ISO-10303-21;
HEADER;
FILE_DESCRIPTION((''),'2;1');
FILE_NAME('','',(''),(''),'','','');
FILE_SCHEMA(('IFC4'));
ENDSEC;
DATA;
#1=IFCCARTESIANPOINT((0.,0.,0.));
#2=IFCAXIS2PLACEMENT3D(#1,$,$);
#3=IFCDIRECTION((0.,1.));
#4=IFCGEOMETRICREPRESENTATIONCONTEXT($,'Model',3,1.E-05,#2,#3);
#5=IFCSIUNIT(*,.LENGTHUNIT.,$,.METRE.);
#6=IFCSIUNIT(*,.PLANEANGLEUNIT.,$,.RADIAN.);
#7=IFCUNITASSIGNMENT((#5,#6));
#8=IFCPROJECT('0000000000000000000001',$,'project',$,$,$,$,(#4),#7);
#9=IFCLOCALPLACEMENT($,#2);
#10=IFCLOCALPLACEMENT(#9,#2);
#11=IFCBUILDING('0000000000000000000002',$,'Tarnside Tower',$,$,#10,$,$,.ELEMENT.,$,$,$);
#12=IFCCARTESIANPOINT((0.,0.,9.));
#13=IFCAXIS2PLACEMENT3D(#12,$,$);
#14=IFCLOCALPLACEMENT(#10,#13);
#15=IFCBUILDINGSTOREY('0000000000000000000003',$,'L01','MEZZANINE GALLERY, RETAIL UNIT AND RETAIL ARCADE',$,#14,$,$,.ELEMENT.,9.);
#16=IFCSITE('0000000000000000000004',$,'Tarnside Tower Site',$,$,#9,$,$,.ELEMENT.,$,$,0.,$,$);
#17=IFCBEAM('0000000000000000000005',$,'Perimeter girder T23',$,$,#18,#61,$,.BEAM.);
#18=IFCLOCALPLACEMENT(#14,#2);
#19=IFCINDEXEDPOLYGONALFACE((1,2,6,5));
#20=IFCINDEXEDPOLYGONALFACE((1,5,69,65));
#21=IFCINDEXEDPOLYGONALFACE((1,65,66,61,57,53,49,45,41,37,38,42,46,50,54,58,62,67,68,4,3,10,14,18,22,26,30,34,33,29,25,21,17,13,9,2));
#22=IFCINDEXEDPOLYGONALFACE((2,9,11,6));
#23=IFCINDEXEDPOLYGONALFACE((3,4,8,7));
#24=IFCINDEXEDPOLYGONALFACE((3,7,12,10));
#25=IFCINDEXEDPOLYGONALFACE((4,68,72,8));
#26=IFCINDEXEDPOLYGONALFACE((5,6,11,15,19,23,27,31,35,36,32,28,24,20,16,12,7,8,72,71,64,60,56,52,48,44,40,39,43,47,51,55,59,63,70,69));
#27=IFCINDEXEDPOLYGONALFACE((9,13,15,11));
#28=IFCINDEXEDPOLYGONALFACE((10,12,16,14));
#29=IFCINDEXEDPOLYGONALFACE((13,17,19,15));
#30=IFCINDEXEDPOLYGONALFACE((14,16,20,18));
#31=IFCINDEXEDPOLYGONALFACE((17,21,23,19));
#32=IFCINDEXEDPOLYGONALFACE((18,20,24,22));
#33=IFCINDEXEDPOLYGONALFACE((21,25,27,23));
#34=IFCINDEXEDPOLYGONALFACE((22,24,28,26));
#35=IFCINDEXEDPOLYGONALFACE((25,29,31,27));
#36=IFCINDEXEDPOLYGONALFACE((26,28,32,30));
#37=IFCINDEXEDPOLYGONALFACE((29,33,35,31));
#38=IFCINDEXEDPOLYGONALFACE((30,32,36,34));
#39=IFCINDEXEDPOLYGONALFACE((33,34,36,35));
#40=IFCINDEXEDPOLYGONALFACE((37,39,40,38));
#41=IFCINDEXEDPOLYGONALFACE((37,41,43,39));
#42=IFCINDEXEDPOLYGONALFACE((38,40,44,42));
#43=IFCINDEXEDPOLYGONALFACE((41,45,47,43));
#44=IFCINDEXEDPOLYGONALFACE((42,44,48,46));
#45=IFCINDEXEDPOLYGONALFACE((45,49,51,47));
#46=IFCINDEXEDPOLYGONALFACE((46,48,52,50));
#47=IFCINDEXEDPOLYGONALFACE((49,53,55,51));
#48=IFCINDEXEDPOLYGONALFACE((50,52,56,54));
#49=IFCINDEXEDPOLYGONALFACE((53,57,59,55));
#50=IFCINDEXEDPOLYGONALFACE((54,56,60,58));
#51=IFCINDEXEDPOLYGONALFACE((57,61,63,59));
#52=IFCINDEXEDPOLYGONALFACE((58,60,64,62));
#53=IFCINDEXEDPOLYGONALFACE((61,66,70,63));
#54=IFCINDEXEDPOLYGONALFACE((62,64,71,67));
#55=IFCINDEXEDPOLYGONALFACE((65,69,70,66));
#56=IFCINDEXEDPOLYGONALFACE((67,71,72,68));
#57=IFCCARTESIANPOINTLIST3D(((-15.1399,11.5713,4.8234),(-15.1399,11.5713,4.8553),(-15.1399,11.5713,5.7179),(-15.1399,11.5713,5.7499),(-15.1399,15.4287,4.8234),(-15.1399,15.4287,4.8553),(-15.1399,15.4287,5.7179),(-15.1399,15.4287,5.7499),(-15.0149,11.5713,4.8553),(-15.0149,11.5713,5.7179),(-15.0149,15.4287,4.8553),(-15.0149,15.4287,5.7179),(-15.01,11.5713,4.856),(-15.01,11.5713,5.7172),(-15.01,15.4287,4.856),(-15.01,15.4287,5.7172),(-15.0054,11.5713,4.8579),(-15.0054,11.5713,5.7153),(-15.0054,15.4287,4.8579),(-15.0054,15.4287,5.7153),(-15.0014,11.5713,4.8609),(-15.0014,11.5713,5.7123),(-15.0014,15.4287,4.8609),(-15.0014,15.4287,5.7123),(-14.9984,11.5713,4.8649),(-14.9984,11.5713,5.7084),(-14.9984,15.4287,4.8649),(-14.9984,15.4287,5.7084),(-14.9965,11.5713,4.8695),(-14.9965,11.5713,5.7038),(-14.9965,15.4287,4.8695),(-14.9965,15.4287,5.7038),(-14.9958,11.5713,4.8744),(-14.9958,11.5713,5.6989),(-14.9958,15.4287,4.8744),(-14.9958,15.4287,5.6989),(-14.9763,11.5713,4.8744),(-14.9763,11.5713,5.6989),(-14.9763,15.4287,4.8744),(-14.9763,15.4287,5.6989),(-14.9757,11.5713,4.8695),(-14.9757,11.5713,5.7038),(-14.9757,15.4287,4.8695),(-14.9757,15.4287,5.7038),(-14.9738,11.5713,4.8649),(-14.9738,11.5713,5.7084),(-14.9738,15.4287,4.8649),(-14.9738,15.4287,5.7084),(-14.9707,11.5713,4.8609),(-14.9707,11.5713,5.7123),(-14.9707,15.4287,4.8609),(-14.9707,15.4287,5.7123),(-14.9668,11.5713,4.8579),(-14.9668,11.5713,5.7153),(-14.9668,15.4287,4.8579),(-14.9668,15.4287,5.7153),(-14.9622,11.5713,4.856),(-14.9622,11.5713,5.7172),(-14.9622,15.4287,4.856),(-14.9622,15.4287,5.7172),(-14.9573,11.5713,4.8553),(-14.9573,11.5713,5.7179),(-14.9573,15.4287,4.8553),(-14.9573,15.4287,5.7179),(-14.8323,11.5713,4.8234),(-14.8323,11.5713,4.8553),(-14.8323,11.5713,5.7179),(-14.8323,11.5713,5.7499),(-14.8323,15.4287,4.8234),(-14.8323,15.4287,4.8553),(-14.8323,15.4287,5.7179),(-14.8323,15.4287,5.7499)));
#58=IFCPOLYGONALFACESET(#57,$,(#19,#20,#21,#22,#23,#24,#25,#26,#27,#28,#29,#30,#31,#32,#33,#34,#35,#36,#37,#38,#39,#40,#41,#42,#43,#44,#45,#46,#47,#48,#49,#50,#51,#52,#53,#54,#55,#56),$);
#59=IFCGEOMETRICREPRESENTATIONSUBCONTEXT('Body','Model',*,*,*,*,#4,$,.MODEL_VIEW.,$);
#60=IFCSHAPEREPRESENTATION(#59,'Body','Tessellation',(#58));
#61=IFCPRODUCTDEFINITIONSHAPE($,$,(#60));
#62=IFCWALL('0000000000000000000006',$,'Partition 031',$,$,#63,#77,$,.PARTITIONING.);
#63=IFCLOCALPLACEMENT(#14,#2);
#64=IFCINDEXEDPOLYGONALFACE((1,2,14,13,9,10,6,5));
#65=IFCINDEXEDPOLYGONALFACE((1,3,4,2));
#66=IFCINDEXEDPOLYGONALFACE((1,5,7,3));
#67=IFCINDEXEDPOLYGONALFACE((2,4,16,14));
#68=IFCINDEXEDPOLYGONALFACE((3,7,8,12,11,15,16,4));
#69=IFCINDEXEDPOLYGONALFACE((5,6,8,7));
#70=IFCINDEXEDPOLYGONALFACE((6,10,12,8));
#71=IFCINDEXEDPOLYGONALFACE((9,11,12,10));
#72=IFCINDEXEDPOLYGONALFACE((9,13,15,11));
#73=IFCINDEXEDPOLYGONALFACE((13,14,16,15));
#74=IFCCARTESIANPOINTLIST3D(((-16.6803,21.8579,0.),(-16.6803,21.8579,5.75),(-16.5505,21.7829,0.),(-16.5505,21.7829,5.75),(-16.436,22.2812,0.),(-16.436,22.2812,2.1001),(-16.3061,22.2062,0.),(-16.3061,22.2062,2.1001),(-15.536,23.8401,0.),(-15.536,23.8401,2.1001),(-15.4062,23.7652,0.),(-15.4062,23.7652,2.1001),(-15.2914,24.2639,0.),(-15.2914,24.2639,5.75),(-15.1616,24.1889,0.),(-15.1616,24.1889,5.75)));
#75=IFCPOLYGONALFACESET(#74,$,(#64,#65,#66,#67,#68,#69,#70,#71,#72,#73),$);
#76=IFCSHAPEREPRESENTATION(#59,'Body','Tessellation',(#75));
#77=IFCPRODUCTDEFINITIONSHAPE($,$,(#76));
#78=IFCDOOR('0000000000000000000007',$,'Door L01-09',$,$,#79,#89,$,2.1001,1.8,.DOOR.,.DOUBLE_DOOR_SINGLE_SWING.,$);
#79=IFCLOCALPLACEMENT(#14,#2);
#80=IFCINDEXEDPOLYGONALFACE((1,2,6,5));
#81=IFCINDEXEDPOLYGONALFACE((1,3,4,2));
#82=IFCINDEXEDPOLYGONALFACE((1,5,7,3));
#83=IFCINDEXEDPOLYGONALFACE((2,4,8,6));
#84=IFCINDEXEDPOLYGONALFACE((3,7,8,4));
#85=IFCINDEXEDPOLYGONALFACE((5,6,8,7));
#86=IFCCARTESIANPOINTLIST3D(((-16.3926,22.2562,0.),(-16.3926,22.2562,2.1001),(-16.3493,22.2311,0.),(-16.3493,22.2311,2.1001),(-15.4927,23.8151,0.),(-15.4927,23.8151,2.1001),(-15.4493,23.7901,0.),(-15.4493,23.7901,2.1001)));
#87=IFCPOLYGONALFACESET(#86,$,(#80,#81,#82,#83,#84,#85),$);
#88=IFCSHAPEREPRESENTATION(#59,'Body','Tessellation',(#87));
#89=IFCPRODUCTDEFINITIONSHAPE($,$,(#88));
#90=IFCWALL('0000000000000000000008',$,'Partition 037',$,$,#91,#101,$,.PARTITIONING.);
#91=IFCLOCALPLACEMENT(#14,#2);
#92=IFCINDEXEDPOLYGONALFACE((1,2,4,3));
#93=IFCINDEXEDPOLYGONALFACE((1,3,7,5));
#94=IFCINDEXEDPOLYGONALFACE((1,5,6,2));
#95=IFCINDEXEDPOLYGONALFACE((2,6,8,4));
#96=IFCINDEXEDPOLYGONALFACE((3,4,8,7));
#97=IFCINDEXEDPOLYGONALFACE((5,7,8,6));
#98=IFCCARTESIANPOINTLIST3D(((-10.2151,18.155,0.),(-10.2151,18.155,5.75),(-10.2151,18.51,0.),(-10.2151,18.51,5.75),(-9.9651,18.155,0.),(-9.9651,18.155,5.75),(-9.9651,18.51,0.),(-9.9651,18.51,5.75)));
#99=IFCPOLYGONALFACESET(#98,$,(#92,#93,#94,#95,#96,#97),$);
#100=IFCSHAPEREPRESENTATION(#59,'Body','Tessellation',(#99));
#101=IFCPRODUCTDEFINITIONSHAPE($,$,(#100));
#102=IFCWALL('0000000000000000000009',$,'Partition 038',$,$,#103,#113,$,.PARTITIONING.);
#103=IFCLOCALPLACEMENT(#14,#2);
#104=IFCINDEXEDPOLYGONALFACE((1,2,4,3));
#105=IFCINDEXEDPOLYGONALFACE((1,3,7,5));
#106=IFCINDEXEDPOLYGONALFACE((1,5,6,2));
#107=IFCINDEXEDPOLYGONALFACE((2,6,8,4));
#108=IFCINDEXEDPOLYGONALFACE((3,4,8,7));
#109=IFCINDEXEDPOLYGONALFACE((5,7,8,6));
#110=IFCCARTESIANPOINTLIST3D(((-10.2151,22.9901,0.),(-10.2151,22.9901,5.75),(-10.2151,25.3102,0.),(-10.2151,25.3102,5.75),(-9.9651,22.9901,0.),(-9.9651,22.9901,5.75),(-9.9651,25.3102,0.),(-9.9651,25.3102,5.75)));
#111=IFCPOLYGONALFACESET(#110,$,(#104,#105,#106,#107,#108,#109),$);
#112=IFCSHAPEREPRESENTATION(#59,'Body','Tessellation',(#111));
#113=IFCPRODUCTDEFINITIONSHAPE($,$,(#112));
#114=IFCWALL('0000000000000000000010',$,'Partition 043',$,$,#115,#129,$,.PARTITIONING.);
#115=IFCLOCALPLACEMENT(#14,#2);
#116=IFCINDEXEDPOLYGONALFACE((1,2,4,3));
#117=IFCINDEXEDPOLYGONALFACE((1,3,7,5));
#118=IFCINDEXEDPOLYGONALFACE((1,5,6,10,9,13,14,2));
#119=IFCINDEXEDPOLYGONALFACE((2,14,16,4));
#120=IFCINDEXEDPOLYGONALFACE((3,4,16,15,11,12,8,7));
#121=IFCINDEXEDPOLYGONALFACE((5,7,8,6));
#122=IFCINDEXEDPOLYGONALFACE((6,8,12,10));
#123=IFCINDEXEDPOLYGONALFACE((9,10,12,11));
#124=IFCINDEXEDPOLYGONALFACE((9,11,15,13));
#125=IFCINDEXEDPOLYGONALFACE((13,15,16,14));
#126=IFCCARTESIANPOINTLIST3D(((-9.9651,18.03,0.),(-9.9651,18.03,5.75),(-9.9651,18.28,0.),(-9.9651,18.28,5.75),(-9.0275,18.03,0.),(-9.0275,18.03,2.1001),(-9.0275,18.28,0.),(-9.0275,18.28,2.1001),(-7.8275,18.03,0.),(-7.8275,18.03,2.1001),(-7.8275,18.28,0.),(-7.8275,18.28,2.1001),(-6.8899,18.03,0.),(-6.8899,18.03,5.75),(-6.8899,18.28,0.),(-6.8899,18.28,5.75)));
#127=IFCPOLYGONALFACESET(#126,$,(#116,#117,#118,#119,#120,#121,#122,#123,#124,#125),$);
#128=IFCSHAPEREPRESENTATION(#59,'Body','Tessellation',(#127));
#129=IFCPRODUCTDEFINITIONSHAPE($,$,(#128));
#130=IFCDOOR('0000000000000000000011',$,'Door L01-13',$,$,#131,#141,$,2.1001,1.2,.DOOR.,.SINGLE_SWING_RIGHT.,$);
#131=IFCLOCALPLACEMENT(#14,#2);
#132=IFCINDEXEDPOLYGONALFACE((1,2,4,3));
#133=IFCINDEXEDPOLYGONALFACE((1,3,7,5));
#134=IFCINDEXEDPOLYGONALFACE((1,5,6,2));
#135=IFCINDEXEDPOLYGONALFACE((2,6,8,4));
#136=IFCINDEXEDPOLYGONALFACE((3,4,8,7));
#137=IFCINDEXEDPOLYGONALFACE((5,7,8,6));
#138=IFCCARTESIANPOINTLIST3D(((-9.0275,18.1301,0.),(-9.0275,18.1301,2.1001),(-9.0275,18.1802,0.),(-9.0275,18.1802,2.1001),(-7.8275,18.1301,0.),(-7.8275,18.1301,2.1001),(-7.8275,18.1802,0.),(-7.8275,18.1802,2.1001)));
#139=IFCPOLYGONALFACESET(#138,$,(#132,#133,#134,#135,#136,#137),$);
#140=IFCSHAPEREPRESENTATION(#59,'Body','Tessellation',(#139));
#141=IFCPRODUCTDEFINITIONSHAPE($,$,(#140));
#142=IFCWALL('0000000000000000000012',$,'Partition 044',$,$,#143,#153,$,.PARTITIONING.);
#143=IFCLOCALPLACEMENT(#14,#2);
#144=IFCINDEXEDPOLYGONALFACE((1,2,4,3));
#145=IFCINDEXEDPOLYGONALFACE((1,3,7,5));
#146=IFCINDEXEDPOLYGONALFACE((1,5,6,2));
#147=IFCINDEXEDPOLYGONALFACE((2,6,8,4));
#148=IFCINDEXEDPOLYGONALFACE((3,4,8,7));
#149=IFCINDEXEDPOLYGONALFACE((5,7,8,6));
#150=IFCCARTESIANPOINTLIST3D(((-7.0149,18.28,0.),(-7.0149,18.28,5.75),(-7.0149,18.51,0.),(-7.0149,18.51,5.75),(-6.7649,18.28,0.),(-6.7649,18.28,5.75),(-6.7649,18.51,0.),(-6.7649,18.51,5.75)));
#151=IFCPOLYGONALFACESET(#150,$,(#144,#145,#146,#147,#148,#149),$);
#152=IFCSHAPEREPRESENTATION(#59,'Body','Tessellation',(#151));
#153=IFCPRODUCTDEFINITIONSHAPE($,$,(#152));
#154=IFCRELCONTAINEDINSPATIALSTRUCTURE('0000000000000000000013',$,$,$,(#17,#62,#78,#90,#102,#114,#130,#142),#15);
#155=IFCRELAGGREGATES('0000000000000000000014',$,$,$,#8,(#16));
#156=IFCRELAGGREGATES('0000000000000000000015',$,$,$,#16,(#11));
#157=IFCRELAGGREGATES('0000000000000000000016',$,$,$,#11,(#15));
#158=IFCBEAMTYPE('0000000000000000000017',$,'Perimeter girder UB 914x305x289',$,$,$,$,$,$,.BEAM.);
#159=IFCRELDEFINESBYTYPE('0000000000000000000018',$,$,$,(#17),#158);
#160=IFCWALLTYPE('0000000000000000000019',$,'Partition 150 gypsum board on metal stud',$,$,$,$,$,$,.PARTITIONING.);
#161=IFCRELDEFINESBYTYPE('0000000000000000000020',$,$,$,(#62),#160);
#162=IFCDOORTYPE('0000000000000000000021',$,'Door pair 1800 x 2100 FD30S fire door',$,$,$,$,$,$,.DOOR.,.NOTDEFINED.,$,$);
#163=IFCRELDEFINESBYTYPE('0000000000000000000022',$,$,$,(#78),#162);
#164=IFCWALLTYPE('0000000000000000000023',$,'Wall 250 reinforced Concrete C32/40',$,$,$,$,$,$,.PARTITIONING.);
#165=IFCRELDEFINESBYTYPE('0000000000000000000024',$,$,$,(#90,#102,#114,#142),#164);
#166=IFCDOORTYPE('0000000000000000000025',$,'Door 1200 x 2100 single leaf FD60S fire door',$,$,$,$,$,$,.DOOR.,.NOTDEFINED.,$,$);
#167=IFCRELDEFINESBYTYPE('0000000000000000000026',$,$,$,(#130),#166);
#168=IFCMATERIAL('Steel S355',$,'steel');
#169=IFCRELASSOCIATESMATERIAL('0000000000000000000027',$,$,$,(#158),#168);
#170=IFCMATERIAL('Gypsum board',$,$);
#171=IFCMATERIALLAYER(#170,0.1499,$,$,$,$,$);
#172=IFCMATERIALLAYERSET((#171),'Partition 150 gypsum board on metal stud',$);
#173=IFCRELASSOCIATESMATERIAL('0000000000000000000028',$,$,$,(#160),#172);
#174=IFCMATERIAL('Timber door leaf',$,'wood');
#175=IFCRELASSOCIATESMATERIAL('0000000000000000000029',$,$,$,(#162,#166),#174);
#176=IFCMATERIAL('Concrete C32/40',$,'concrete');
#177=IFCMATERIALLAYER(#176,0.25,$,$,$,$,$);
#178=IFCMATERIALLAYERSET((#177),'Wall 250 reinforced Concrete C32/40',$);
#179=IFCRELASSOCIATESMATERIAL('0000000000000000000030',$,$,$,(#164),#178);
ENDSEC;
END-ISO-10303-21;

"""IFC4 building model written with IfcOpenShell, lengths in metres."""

from ifc_helpers import new_model, si_unit, direction, frame, frame_2d, origin, origin_2d, place, context, subcontext, project, spatial, rectangle, i_section, extrude, material, layer, layer_set, material_profile, profile_set, type_object, element, fill, save


model = new_model("IFC4")

# Units and contexts
model_context = context("Model", 3, precision=1e-05, world=origin(), true_north=direction((0.0, 1.0)))
body_context = subcontext(model_context, "Body", "Model", "MODEL_VIEW")
ifc_project = project(units=[si_unit("LENGTHUNIT", "METRE"), si_unit("PLANEANGLEUNIT", "RADIAN")], contexts=[model_context])

# Site, building, storey
site_placement = place(None, origin())
site = spatial("IfcSite", under=ifc_project, at=site_placement, Name="Tarnside Tower Site", CompositionType="ELEMENT", RefElevation=0.0)
building_placement = place(site_placement, origin())
building = spatial("IfcBuilding", under=site, at=building_placement, Name="Tarnside Tower", CompositionType="ELEMENT")
storey_placement = place(building_placement, frame((0.0, 0.0, 9.0)))
storey = spatial("IfcBuildingStorey", under=building, at=storey_placement, Name="L01", Description="MEZZANINE GALLERY, RETAIL UNIT AND RETAIL ARCADE", CompositionType="ELEMENT", Elevation=9.0)

# Beam
ifc_material_1 = material(Name="Steel S355", Category="steel")
ifc_material_profile_1 = material_profile(ifc_material_1, i_section(OverallWidth=0.3076, OverallDepth=0.9265, WebThickness=0.0195, FlangeThickness=0.032, FilletRadius=0.019, at=origin_2d()), Name="UB 914x305x289")
ifc_profile_set_1 = profile_set([ifc_material_profile_1], Name="Steel S355")
beam_type_1 = type_object("IfcBeamType", Name="Perimeter girder UB 914x305x289", PredefinedType="BEAM", material=ifc_profile_set_1)
beam_1_placement = place(storey_placement, frame((-14.9861, 15.4287, 5.2866), z_axis=(0.0, -1.0, 0.0), x_axis=(1.0, 0.0, 0.0)))
element("IfcBeam", 1, at=beam_1_placement, inside=storey, type_object=beam_type_1, Name="Perimeter girder T23", PredefinedType="BEAM", context=body_context, shape_type="SweptSolid", body=[
    extrude(i_section(OverallWidth=0.3076, OverallDepth=0.9265, WebThickness=0.0195, FlangeThickness=0.032, FilletRadius=0.019, at=origin_2d()), origin(), (0.0, 0.0, 1.0), 3.8574),
])

# Wall, opening, door
ifc_material_2 = material(Name="Gypsum board")
ifc_layer_1 = layer(ifc_material_2, 0.1499)
ifc_layer_set_1 = layer_set([ifc_layer_1], Name="Partition 150 gypsum board on metal stud")
wall_type_1 = type_object("IfcWallType", Name="Partition 150 gypsum board on metal stud", PredefinedType="PARTITIONING", material=ifc_layer_set_1)
wall_1_placement = place(storey_placement, frame((-16.6155, 21.8203, 0.0), z_axis=(0.0, 0.0, 1.0), x_axis=(0.499948, 0.866055, 0.0)))
wall_1 = element("IfcWall", 2, at=wall_1_placement, inside=storey, type_object=wall_type_1, Name="Partition 031", PredefinedType="PARTITIONING", context=body_context, shape_type="SweptSolid", body=[
    extrude(rectangle(XDim=2.7781, YDim=0.1499, at=frame_2d((1.3892, 0.0))), origin(), (0.0, 0.0, 1.0), 5.75),
])
opening_1_placement = place(wall_1_placement, frame((0.489, 0.0, 0.0)))
opening_1 = element("IfcOpeningElement", 3, at=opening_1_placement, cuts=wall_1, PredefinedType="OPENING", context=body_context, shape_type="SweptSolid", body=[
    extrude(rectangle(XDim=1.8, YDim=2.1001, at=frame_2d((0.8999, 1.05))), frame((0.0, 0.085, 0.0), z_axis=(0.0, -1.0, 0.0), x_axis=(1.0, 0.0, 0.0)), (0.0, 0.0, 1.0), 0.1699),
])
ifc_material_3 = material(Name="Timber door leaf", Category="wood")
door_type_1 = type_object("IfcDoorType", Name="Door pair 1800 x 2100 FD30S fire door", OperationType="NOTDEFINED", PredefinedType="DOOR", material=ifc_material_3)
door_1_placement = place(opening_1_placement, origin())
door_1 = element("IfcDoor", 4, at=door_1_placement, inside=storey, type_object=door_type_1, Name="Door L01-09", OperationType="DOUBLE_DOOR_SINGLE_SWING", OverallHeight=2.1001, OverallWidth=1.8, PredefinedType="DOOR", context=body_context, shape_type="SweptSolid", body=[
    extrude(rectangle(XDim=1.8, YDim=2.1001, at=frame_2d((0.8999, 1.05))), frame((0.0, 0.0249, 0.0), z_axis=(0.0, -1.0, 0.0), x_axis=(1.0, 0.0, 0.0)), (0.0, 0.0, 1.0), 0.05),
])
fill(opening_1, door_1)

# Walls
ifc_material_4 = material(Name="Concrete C32/40", Category="concrete")
ifc_layer_2 = layer(ifc_material_4, 0.25)
ifc_layer_set_2 = layer_set([ifc_layer_2], Name="Wall 250 reinforced Concrete C32/40")
wall_type_2 = type_object("IfcWallType", Name="Wall 250 reinforced Concrete C32/40", PredefinedType="PARTITIONING", material=ifc_layer_set_2)
wall_2_placement = place(storey_placement, frame((-10.0901, 18.155, 0.0), z_axis=(0.0, 0.0, 1.0), x_axis=(0.0, 1.0, 0.0)))
element("IfcWall", 5, at=wall_2_placement, inside=storey, type_object=wall_type_2, Name="Partition 037", PredefinedType="PARTITIONING", context=body_context, shape_type="SweptSolid", body=[
    extrude(rectangle(XDim=0.355, YDim=0.25, at=frame_2d((0.1775, 0.0))), origin(), (0.0, 0.0, 1.0), 5.75),
])
wall_3_placement = place(storey_placement, frame((-10.0901, 22.99, 0.0), z_axis=(0.0, 0.0, 1.0), x_axis=(0.0, 1.0, 0.0)))
element("IfcWall", 6, at=wall_3_placement, inside=storey, type_object=wall_type_2, Name="Partition 038", PredefinedType="PARTITIONING", context=body_context, shape_type="SweptSolid", body=[
    extrude(rectangle(XDim=2.3201, YDim=0.25, at=frame_2d((1.1602, 0.0))), origin(), (0.0, 0.0, 1.0), 5.75),
])

# Wall, opening, door
wall_4_placement = place(storey_placement, frame((-6.8899, 18.155, 0.0), z_axis=(0.0, 0.0, 1.0), x_axis=(-1.0, 0.0, 0.0)))
wall_4 = element("IfcWall", 7, at=wall_4_placement, inside=storey, type_object=wall_type_2, Name="Partition 043", PredefinedType="PARTITIONING", context=body_context, shape_type="SweptSolid", body=[
    extrude(rectangle(XDim=3.0752, YDim=0.25, at=frame_2d((1.5376, 0.0))), origin(), (0.0, 0.0, 1.0), 5.75),
])
opening_2_placement = place(wall_4_placement, frame((0.9375, 0.0, 0.0)))
opening_2 = element("IfcOpeningElement", 8, at=opening_2_placement, cuts=wall_4, PredefinedType="OPENING", context=body_context, shape_type="SweptSolid", body=[
    extrude(rectangle(XDim=1.2, YDim=2.1001, at=frame_2d((0.6001, 1.05))), frame((0.0, 0.135, 0.0), z_axis=(0.0, -1.0, 0.0), x_axis=(1.0, 0.0, 0.0)), (0.0, 0.0, 1.0), 0.27),
])
door_type_2 = type_object("IfcDoorType", Name="Door 1200 x 2100 single leaf FD60S fire door", OperationType="NOTDEFINED", PredefinedType="DOOR", material=ifc_material_3)
door_2_placement = place(opening_2_placement, origin())
door_2 = element("IfcDoor", 9, at=door_2_placement, inside=storey, type_object=door_type_2, Name="Door L01-13", OperationType="SINGLE_SWING_RIGHT", OverallHeight=2.1001, OverallWidth=1.2, PredefinedType="DOOR", context=body_context, shape_type="SweptSolid", body=[
    extrude(rectangle(XDim=1.2, YDim=2.1001, at=frame_2d((0.6001, 1.05))), frame((0.0, 0.0249, 0.0), z_axis=(0.0, -1.0, 0.0), x_axis=(1.0, 0.0, 0.0)), (0.0, 0.0, 1.0), 0.05),
])
fill(opening_2, door_2)

# Wall
wall_5_placement = place(storey_placement, frame((-6.8899, 18.51, 0.0), z_axis=(0.0, 0.0, 1.0), x_axis=(0.0, -1.0, 0.0)))
element("IfcWall", 10, at=wall_5_placement, inside=storey, type_object=wall_type_2, Name="Partition 044", PredefinedType="PARTITIONING", context=body_context, shape_type="SweptSolid", body=[
    extrude(rectangle(XDim=0.23, YDim=0.25, at=frame_2d((0.115, 0.0))), origin(), (0.0, 0.0, 1.0), 5.75),
])

save(model, "model.ifc")
